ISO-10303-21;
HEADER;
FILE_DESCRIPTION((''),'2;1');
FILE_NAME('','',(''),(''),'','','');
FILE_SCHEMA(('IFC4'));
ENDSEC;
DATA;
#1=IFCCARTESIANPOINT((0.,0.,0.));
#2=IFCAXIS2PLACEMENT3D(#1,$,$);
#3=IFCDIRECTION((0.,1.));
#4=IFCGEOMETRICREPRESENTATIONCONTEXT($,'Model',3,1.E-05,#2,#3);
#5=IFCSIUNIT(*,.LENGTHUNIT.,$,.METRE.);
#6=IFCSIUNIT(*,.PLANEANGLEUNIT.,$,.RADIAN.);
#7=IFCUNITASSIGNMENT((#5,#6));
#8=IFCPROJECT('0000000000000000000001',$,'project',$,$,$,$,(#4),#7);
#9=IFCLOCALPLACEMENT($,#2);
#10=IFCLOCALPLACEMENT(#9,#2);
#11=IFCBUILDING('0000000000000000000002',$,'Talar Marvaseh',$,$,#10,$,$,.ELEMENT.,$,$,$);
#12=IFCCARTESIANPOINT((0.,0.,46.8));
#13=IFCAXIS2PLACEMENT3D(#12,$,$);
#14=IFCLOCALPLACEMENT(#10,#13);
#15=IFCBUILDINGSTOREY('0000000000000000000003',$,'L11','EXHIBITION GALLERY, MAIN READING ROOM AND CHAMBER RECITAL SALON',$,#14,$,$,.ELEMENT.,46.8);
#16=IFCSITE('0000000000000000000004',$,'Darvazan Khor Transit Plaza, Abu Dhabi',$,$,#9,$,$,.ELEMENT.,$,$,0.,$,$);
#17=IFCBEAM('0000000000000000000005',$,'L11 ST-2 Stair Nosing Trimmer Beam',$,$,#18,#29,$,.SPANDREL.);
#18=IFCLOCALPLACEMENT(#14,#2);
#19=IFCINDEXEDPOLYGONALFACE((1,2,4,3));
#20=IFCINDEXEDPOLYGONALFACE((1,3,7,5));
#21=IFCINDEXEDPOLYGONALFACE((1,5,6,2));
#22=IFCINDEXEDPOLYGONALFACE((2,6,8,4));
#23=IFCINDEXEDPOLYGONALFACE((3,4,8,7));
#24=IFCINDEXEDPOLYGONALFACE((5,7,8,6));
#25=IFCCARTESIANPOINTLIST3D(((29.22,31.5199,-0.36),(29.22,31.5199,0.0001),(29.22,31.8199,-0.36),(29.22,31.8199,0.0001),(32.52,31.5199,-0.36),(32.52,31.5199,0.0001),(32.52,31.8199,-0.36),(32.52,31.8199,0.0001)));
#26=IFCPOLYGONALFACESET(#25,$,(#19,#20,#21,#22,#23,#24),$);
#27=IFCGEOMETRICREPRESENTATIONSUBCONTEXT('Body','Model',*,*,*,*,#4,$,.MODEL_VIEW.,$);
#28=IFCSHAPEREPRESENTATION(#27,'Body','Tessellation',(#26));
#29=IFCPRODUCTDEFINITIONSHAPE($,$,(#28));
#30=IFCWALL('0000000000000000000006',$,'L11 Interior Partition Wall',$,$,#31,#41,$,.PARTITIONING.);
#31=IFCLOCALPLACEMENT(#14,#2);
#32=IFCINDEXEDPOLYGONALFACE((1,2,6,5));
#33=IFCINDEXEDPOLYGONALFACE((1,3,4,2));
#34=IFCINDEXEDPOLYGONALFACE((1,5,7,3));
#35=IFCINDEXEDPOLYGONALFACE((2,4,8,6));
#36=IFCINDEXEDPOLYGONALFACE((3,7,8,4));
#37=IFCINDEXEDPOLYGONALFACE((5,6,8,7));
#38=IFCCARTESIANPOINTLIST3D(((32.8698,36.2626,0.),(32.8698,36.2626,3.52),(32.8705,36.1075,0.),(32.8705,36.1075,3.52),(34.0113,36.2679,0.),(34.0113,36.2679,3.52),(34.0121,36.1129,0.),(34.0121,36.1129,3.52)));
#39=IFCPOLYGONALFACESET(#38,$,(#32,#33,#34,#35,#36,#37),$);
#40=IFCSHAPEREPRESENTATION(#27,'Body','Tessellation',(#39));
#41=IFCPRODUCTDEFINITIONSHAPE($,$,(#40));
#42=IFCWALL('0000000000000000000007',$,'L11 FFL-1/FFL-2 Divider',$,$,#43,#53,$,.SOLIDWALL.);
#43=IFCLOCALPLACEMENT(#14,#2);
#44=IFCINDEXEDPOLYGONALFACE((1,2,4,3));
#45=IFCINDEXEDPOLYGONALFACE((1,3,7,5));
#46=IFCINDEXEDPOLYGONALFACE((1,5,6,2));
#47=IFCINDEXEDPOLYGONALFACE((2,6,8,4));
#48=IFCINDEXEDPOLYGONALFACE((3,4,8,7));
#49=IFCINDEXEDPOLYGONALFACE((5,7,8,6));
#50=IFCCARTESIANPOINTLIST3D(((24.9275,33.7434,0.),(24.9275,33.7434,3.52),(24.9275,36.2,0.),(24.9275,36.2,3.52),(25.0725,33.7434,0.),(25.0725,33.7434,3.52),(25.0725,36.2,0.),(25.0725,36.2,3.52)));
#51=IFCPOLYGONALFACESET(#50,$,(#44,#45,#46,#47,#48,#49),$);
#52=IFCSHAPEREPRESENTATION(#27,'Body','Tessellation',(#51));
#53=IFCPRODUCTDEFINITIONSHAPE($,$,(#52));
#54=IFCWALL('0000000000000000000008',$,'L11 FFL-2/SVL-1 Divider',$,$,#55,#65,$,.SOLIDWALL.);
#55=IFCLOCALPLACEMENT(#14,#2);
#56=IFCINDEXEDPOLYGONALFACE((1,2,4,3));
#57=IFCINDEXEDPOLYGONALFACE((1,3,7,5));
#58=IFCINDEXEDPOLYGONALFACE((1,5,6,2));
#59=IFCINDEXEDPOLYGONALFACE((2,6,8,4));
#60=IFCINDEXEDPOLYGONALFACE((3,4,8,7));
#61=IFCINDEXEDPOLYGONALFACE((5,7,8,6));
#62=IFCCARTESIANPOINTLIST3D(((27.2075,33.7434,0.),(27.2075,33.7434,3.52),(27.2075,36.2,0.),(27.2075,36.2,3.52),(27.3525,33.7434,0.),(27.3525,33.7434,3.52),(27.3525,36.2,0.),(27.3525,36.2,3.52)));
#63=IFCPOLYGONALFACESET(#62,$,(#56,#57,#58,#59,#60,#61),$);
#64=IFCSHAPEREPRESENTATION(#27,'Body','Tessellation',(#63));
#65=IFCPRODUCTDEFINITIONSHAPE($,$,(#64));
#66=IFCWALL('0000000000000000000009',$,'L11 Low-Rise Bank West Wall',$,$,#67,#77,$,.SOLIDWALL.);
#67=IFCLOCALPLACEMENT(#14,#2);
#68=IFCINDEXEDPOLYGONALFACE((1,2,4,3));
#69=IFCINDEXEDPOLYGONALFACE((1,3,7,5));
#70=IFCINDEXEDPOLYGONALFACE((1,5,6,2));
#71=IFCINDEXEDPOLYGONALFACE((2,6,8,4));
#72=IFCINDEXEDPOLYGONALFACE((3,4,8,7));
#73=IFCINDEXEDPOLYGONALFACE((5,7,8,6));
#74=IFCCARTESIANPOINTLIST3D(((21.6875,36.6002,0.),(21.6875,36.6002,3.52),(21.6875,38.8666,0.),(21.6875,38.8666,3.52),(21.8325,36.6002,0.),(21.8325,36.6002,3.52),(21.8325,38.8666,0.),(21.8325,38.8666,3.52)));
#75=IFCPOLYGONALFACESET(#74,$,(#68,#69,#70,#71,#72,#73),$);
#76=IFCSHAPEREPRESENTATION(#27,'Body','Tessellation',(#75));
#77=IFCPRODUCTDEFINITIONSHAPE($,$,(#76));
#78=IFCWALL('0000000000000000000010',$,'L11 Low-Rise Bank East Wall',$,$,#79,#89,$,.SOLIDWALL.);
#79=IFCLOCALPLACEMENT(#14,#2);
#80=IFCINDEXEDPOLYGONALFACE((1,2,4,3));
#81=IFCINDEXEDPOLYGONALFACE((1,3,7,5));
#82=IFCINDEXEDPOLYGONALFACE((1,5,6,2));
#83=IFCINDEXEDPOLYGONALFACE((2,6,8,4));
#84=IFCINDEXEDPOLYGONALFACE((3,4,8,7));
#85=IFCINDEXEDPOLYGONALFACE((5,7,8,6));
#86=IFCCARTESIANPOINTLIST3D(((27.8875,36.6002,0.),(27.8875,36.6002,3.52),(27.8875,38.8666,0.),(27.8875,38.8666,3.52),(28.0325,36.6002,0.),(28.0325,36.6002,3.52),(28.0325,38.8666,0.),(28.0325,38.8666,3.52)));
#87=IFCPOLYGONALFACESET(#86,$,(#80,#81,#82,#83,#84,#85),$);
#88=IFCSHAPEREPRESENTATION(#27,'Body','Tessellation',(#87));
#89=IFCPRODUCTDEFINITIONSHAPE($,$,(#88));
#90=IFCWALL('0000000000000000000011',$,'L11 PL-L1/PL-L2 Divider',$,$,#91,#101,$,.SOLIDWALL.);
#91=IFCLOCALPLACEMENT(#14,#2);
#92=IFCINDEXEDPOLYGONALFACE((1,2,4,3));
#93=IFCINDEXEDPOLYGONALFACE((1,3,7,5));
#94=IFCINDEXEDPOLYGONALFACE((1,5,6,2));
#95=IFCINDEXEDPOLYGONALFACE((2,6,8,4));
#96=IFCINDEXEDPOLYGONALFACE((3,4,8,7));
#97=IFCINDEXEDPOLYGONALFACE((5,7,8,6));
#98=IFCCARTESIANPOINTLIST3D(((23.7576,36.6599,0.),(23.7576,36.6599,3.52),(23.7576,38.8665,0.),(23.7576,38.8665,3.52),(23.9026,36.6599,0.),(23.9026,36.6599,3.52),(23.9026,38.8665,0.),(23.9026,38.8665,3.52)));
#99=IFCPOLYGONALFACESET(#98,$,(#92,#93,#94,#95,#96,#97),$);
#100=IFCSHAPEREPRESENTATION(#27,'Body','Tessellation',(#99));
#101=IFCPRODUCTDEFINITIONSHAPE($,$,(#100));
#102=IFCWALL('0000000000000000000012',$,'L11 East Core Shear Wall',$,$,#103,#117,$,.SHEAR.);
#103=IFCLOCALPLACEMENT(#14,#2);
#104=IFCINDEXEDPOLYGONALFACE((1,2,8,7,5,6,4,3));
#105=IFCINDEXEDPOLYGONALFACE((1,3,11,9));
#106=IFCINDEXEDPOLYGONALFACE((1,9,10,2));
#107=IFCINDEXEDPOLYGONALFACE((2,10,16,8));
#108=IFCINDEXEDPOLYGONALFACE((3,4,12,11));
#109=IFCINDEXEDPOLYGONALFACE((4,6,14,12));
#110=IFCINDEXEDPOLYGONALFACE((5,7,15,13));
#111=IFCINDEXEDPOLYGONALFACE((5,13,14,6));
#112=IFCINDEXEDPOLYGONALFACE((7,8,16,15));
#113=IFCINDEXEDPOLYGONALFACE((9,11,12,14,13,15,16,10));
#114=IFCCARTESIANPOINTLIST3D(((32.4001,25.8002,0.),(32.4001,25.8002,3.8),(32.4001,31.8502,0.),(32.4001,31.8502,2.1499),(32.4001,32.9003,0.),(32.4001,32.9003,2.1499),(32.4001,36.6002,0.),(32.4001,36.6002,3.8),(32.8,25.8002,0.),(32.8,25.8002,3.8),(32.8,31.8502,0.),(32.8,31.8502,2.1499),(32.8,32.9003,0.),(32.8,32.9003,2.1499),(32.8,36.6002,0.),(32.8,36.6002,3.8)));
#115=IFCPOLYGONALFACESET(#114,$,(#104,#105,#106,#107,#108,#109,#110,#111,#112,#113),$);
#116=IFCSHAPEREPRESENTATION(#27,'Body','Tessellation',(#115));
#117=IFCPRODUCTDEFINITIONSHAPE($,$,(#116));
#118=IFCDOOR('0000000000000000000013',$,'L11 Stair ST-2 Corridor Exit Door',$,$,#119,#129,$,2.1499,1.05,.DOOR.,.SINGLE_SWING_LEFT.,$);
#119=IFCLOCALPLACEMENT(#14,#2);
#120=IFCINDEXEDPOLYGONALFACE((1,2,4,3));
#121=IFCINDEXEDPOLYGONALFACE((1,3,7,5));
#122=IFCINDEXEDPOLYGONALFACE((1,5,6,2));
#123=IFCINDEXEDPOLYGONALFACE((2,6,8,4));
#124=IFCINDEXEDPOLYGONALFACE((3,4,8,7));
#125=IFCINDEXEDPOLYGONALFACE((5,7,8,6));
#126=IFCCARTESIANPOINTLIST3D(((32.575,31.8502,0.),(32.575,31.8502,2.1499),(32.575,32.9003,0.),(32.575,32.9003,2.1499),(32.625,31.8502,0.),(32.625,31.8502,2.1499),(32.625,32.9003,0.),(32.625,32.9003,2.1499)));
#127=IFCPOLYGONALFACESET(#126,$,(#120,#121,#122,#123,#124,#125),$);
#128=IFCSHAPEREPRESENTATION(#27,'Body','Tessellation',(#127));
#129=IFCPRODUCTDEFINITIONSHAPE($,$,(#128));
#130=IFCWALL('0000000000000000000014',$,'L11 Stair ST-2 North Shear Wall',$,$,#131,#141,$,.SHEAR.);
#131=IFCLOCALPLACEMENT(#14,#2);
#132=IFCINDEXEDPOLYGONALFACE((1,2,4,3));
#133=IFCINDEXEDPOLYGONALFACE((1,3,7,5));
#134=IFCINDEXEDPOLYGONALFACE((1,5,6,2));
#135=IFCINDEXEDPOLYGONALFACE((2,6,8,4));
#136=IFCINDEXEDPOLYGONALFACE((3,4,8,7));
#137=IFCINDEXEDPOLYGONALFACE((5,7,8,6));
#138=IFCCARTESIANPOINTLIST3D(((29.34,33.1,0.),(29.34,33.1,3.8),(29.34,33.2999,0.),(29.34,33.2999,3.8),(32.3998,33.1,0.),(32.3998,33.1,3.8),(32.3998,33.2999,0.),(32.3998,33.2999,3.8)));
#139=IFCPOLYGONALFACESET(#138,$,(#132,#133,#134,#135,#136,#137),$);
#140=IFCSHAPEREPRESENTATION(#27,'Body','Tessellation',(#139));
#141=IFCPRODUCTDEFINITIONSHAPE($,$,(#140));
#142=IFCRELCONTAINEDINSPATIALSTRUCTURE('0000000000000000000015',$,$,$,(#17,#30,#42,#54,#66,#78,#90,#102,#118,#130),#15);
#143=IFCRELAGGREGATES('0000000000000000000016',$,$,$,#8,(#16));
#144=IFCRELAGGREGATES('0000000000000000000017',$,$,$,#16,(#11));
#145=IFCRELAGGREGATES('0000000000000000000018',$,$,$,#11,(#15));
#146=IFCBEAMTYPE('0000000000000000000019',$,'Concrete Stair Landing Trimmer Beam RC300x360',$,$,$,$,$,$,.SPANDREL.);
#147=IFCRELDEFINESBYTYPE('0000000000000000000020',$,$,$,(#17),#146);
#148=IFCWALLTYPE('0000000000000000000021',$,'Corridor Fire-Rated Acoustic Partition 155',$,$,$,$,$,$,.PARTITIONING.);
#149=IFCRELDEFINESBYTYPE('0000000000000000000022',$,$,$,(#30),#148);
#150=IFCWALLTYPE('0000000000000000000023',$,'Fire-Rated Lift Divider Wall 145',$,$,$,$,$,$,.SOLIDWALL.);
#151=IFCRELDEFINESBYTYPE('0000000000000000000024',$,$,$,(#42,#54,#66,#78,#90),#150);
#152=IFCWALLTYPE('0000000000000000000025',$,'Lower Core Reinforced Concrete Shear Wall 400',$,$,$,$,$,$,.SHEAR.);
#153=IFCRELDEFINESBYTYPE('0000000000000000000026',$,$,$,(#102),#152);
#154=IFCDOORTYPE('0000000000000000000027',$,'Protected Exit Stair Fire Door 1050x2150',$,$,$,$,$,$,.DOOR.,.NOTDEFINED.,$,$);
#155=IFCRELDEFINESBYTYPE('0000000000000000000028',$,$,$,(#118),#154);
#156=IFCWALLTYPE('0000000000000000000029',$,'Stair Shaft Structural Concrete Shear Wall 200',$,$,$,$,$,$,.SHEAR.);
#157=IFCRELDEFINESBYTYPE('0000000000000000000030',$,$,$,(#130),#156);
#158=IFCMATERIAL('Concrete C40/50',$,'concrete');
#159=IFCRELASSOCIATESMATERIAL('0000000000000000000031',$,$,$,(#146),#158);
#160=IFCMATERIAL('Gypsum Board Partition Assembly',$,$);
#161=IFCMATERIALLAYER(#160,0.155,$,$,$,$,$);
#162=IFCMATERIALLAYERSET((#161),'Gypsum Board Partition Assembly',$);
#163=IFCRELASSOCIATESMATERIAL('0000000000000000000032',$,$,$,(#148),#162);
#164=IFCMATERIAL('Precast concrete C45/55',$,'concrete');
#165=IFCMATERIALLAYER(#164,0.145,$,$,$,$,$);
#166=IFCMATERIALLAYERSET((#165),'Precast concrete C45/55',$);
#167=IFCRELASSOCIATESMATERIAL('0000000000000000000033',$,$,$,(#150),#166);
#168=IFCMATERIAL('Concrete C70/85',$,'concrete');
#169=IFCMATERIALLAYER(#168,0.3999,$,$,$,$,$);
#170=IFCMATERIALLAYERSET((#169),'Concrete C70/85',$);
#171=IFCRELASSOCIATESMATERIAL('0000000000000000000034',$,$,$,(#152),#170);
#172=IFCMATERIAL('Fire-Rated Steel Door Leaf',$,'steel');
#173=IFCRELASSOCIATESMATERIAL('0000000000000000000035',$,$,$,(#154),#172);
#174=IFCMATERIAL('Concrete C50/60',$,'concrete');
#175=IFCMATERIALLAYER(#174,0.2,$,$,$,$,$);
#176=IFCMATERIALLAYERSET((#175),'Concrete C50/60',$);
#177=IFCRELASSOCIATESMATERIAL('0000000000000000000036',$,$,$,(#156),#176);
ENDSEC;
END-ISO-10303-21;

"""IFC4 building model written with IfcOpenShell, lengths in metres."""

from ifc_helpers import new_model, si_unit, direction, frame, frame_2d, origin, origin_2d, place, context, subcontext, project, spatial, rectangle, extrude, source, transform, mapped, material, layer, layer_set, material_profile, profile_set, type_object, type_shapes, element, fill, save


model = new_model("IFC4")

# Units and contexts
model_context = context("Model", 3, precision=1e-05, world=origin(), true_north=direction((0.0, 1.0)))
body_context = subcontext(model_context, "Body", "Model", "MODEL_VIEW")
ifc_project = project(units=[si_unit("LENGTHUNIT", "METRE"), si_unit("PLANEANGLEUNIT", "RADIAN")], contexts=[model_context])

# Site, building, storey
site_placement = place(None, origin())
site = spatial("IfcSite", under=ifc_project, at=site_placement, Name="Darvazan Khor Transit Plaza, Abu Dhabi", CompositionType="ELEMENT", RefElevation=0.0)
building_placement = place(site_placement, origin())
building = spatial("IfcBuilding", under=site, at=building_placement, Name="Talar Marvaseh", CompositionType="ELEMENT")
storey_placement = place(building_placement, frame((0.0, 0.0, 46.8)))
storey = spatial("IfcBuildingStorey", under=building, at=storey_placement, Name="L11", Description="EXHIBITION GALLERY, MAIN READING ROOM AND CHAMBER RECITAL SALON", CompositionType="ELEMENT", Elevation=46.8)

# Beam
ifc_material_1 = material(Name="Concrete C40/50", Category="concrete")
ifc_material_profile = material_profile(ifc_material_1, rectangle(XDim=0.3, YDim=0.3601, at=origin_2d()), Name="RC300x360")
ifc_profile_set = profile_set([ifc_material_profile], Name="Concrete C40/50")
beam_type = type_object("IfcBeamType", Name="Concrete Stair Landing Trimmer Beam RC300x360", PredefinedType="SPANDREL", material=ifc_profile_set)
beam_placement = place(storey_placement, frame((29.22, 31.6699, -0.1799), z_axis=(1.0, 0.0, 0.0), x_axis=(0.0, 1.0, 0.0)))
element("IfcBeam", 1, at=beam_placement, inside=storey, type_object=beam_type, Name="L11 ST-2 Stair Nosing Trimmer Beam", PredefinedType="SPANDREL", context=body_context, shape_type="SweptSolid", body=[
    extrude(rectangle(XDim=0.3, YDim=0.3601, at=origin_2d()), origin(), (0.0, 0.0, 1.0), 3.3),
])

# Walls
ifc_material_2 = material(Name="Gypsum Board Partition Assembly")
ifc_layer_1 = layer(ifc_material_2, 0.155)
ifc_layer_set_1 = layer_set([ifc_layer_1], Name="Gypsum Board Partition Assembly")
wall_type_1 = type_object("IfcWallType", Name="Corridor Fire-Rated Acoustic Partition 155", PredefinedType="PARTITIONING", material=ifc_layer_set_1)
wall_1_placement = place(storey_placement, frame((32.8701, 36.1851, 0.0), z_axis=(0.0, 0.0, 1.0), x_axis=(0.999989, 0.004705, 0.0)))
element("IfcWall", 2, at=wall_1_placement, inside=storey, type_object=wall_type_1, Name="L11 Interior Partition Wall", PredefinedType="PARTITIONING", context=body_context, shape_type="SweptSolid", body=[
    extrude(rectangle(XDim=1.1416, YDim=0.155, at=frame_2d((0.5708, 0.0))), origin(), (0.0, 0.0, 1.0), 3.52),
])
ifc_material_3 = material(Name="Precast concrete C45/55", Category="concrete")
ifc_layer_2 = layer(ifc_material_3, 0.145)
ifc_layer_set_2 = layer_set([ifc_layer_2], Name="Precast concrete C45/55")
wall_type_2 = type_object("IfcWallType", Name="Fire-Rated Lift Divider Wall 145", PredefinedType="SOLIDWALL", material=ifc_layer_set_2)
for number, where, z_axis, x_axis, name in (
    (3, (25.0, 33.7434, 0.0), (0.0, 0.0, 1.0), (0.0, 1.0, 0.0), "L11 FFL-1/FFL-2 Divider"),
    (4, (27.28, 33.7434, 0.0), (0.0, 0.0, 1.0), (0.0, 1.0, 0.0), "L11 FFL-2/SVL-1 Divider"),
):
    element("IfcWall", number, at=place(storey_placement, frame(where, z_axis=z_axis, x_axis=x_axis)), inside=storey, type_object=wall_type_2, Name=name, PredefinedType="SOLIDWALL", context=body_context, shape_type="SweptSolid", body=[
        extrude(rectangle(XDim=2.4565, YDim=0.145, at=frame_2d((1.2283, 0.0))), origin(), (0.0, 0.0, 1.0), 3.52),
    ])
for number, where, z_axis, x_axis, name in (
    (5, (21.76, 36.6001, 0.0), (0.0, 0.0, 1.0), (0.0, 1.0, 0.0), "L11 Low-Rise Bank West Wall"),
    (6, (27.96, 36.6001, 0.0), (0.0, 0.0, 1.0), (0.0, 1.0, 0.0), "L11 Low-Rise Bank East Wall"),
):
    element("IfcWall", number, at=place(storey_placement, frame(where, z_axis=z_axis, x_axis=x_axis)), inside=storey, type_object=wall_type_2, Name=name, PredefinedType="SOLIDWALL", context=body_context, shape_type="SweptSolid", body=[
        extrude(rectangle(XDim=2.2664, YDim=0.145, at=frame_2d((1.1333, 0.0))), origin(), (0.0, 0.0, 1.0), 3.52),
    ])
wall_2_placement = place(storey_placement, frame((23.8301, 36.6599, 0.0), z_axis=(0.0, 0.0, 1.0), x_axis=(0.0, 1.0, 0.0)))
element("IfcWall", 7, at=wall_2_placement, inside=storey, type_object=wall_type_2, Name="L11 PL-L1/PL-L2 Divider", PredefinedType="SOLIDWALL", context=body_context, shape_type="SweptSolid", body=[
    extrude(rectangle(XDim=2.2065, YDim=0.145, at=frame_2d((1.1033, 0.0))), origin(), (0.0, 0.0, 1.0), 3.52),
])

# Wall, opening, door
ifc_material_4 = material(Name="Concrete C70/85", Category="concrete")
ifc_layer_3 = layer(ifc_material_4, 0.3999)
ifc_layer_set_3 = layer_set([ifc_layer_3], Name="Concrete C70/85")
wall_type_3 = type_object("IfcWallType", Name="Lower Core Reinforced Concrete Shear Wall 400", PredefinedType="SHEAR", material=ifc_layer_set_3)
wall_3_placement = place(storey_placement, frame((32.6001, 36.6001, 0.0), z_axis=(0.0, 0.0, 1.0), x_axis=(0.0, -1.0, 0.0)))
wall_3 = element("IfcWall", 8, at=wall_3_placement, inside=storey, type_object=wall_type_3, Name="L11 East Core Shear Wall", PredefinedType="SHEAR", context=body_context, shape_type="SweptSolid", body=[
    extrude(rectangle(XDim=10.8, YDim=0.3999, at=frame_2d((5.3999, 0.0))), origin(), (0.0, 0.0, 1.0), 3.8),
])
opening_1_placement = place(wall_3_placement, frame((3.7, 0.0, 0.0)))
opening_1 = element("IfcOpeningElement", 9, at=opening_1_placement, cuts=wall_3, PredefinedType="OPENING", context=body_context, shape_type="SweptSolid", body=[
    extrude(rectangle(XDim=1.05, YDim=2.1499, at=frame_2d((0.5249, 1.075))), frame((0.0, 0.21, 0.0), z_axis=(0.0, -1.0, 0.0), x_axis=(1.0, 0.0, 0.0)), (0.0, 0.0, 1.0), 0.4199),
])
ifc_material_5 = material(Name="Fire-Rated Steel Door Leaf", Category="steel")
door_type_1 = type_object("IfcDoorType", Name="Protected Exit Stair Fire Door 1050x2150", OperationType="NOTDEFINED", PredefinedType="DOOR", material=ifc_material_5)
shared_shape_1 = source(origin(), body_context, "Body", "SweptSolid", [
    extrude(rectangle(XDim=1.05, YDim=2.1499, at=frame_2d((0.5249, 1.075))), frame((0.0, 0.0249, 0.0), z_axis=(0.0, -1.0, 0.0), x_axis=(1.0, 0.0, 0.0)), (0.0, 0.0, 1.0), 0.05),
])
type_shapes(door_type_1, [shared_shape_1])
door_1_placement = place(opening_1_placement, origin())
door_1 = element("IfcDoor", 10, at=door_1_placement, inside=storey, type_object=door_type_1, Name="L11 Stair ST-2 Corridor Exit Door", OperationType="SINGLE_SWING_LEFT", OverallHeight=2.1499, OverallWidth=1.05, PredefinedType="DOOR", context=body_context, shape_type="MappedRepresentation", body=[
    mapped(shared_shape_1, transform((0.0, 0.0, 0.0), x_axis=(1.0, 0.0, 0.0), y_axis=(0.0, 1.0, 0.0), z_axis=(0.0, 0.0, 1.0), scale=1.0)),
])
fill(opening_1, door_1)

# Wall
ifc_material_6 = material(Name="Concrete C50/60", Category="concrete")
ifc_layer_4 = layer(ifc_material_6, 0.2)
ifc_layer_set_4 = layer_set([ifc_layer_4], Name="Concrete C50/60")
wall_type_4 = type_object("IfcWallType", Name="Stair Shaft Structural Concrete Shear Wall 200", PredefinedType="SHEAR", material=ifc_layer_set_4)
wall_4_placement = place(storey_placement, frame((29.3401, 33.2, 0.0), z_axis=(0.0, 0.0, 1.0), x_axis=(1.0, 0.0, 0.0)))
element("IfcWall", 11, at=wall_4_placement, inside=storey, type_object=wall_type_4, Name="L11 Stair ST-2 North Shear Wall", PredefinedType="SHEAR", context=body_context, shape_type="SweptSolid", body=[
    extrude(rectangle(XDim=3.0598, YDim=0.2, at=frame_2d((1.5298, 0.0))), origin(), (0.0, 0.0, 1.0), 3.8),
])

save(model, "model.ifc")
